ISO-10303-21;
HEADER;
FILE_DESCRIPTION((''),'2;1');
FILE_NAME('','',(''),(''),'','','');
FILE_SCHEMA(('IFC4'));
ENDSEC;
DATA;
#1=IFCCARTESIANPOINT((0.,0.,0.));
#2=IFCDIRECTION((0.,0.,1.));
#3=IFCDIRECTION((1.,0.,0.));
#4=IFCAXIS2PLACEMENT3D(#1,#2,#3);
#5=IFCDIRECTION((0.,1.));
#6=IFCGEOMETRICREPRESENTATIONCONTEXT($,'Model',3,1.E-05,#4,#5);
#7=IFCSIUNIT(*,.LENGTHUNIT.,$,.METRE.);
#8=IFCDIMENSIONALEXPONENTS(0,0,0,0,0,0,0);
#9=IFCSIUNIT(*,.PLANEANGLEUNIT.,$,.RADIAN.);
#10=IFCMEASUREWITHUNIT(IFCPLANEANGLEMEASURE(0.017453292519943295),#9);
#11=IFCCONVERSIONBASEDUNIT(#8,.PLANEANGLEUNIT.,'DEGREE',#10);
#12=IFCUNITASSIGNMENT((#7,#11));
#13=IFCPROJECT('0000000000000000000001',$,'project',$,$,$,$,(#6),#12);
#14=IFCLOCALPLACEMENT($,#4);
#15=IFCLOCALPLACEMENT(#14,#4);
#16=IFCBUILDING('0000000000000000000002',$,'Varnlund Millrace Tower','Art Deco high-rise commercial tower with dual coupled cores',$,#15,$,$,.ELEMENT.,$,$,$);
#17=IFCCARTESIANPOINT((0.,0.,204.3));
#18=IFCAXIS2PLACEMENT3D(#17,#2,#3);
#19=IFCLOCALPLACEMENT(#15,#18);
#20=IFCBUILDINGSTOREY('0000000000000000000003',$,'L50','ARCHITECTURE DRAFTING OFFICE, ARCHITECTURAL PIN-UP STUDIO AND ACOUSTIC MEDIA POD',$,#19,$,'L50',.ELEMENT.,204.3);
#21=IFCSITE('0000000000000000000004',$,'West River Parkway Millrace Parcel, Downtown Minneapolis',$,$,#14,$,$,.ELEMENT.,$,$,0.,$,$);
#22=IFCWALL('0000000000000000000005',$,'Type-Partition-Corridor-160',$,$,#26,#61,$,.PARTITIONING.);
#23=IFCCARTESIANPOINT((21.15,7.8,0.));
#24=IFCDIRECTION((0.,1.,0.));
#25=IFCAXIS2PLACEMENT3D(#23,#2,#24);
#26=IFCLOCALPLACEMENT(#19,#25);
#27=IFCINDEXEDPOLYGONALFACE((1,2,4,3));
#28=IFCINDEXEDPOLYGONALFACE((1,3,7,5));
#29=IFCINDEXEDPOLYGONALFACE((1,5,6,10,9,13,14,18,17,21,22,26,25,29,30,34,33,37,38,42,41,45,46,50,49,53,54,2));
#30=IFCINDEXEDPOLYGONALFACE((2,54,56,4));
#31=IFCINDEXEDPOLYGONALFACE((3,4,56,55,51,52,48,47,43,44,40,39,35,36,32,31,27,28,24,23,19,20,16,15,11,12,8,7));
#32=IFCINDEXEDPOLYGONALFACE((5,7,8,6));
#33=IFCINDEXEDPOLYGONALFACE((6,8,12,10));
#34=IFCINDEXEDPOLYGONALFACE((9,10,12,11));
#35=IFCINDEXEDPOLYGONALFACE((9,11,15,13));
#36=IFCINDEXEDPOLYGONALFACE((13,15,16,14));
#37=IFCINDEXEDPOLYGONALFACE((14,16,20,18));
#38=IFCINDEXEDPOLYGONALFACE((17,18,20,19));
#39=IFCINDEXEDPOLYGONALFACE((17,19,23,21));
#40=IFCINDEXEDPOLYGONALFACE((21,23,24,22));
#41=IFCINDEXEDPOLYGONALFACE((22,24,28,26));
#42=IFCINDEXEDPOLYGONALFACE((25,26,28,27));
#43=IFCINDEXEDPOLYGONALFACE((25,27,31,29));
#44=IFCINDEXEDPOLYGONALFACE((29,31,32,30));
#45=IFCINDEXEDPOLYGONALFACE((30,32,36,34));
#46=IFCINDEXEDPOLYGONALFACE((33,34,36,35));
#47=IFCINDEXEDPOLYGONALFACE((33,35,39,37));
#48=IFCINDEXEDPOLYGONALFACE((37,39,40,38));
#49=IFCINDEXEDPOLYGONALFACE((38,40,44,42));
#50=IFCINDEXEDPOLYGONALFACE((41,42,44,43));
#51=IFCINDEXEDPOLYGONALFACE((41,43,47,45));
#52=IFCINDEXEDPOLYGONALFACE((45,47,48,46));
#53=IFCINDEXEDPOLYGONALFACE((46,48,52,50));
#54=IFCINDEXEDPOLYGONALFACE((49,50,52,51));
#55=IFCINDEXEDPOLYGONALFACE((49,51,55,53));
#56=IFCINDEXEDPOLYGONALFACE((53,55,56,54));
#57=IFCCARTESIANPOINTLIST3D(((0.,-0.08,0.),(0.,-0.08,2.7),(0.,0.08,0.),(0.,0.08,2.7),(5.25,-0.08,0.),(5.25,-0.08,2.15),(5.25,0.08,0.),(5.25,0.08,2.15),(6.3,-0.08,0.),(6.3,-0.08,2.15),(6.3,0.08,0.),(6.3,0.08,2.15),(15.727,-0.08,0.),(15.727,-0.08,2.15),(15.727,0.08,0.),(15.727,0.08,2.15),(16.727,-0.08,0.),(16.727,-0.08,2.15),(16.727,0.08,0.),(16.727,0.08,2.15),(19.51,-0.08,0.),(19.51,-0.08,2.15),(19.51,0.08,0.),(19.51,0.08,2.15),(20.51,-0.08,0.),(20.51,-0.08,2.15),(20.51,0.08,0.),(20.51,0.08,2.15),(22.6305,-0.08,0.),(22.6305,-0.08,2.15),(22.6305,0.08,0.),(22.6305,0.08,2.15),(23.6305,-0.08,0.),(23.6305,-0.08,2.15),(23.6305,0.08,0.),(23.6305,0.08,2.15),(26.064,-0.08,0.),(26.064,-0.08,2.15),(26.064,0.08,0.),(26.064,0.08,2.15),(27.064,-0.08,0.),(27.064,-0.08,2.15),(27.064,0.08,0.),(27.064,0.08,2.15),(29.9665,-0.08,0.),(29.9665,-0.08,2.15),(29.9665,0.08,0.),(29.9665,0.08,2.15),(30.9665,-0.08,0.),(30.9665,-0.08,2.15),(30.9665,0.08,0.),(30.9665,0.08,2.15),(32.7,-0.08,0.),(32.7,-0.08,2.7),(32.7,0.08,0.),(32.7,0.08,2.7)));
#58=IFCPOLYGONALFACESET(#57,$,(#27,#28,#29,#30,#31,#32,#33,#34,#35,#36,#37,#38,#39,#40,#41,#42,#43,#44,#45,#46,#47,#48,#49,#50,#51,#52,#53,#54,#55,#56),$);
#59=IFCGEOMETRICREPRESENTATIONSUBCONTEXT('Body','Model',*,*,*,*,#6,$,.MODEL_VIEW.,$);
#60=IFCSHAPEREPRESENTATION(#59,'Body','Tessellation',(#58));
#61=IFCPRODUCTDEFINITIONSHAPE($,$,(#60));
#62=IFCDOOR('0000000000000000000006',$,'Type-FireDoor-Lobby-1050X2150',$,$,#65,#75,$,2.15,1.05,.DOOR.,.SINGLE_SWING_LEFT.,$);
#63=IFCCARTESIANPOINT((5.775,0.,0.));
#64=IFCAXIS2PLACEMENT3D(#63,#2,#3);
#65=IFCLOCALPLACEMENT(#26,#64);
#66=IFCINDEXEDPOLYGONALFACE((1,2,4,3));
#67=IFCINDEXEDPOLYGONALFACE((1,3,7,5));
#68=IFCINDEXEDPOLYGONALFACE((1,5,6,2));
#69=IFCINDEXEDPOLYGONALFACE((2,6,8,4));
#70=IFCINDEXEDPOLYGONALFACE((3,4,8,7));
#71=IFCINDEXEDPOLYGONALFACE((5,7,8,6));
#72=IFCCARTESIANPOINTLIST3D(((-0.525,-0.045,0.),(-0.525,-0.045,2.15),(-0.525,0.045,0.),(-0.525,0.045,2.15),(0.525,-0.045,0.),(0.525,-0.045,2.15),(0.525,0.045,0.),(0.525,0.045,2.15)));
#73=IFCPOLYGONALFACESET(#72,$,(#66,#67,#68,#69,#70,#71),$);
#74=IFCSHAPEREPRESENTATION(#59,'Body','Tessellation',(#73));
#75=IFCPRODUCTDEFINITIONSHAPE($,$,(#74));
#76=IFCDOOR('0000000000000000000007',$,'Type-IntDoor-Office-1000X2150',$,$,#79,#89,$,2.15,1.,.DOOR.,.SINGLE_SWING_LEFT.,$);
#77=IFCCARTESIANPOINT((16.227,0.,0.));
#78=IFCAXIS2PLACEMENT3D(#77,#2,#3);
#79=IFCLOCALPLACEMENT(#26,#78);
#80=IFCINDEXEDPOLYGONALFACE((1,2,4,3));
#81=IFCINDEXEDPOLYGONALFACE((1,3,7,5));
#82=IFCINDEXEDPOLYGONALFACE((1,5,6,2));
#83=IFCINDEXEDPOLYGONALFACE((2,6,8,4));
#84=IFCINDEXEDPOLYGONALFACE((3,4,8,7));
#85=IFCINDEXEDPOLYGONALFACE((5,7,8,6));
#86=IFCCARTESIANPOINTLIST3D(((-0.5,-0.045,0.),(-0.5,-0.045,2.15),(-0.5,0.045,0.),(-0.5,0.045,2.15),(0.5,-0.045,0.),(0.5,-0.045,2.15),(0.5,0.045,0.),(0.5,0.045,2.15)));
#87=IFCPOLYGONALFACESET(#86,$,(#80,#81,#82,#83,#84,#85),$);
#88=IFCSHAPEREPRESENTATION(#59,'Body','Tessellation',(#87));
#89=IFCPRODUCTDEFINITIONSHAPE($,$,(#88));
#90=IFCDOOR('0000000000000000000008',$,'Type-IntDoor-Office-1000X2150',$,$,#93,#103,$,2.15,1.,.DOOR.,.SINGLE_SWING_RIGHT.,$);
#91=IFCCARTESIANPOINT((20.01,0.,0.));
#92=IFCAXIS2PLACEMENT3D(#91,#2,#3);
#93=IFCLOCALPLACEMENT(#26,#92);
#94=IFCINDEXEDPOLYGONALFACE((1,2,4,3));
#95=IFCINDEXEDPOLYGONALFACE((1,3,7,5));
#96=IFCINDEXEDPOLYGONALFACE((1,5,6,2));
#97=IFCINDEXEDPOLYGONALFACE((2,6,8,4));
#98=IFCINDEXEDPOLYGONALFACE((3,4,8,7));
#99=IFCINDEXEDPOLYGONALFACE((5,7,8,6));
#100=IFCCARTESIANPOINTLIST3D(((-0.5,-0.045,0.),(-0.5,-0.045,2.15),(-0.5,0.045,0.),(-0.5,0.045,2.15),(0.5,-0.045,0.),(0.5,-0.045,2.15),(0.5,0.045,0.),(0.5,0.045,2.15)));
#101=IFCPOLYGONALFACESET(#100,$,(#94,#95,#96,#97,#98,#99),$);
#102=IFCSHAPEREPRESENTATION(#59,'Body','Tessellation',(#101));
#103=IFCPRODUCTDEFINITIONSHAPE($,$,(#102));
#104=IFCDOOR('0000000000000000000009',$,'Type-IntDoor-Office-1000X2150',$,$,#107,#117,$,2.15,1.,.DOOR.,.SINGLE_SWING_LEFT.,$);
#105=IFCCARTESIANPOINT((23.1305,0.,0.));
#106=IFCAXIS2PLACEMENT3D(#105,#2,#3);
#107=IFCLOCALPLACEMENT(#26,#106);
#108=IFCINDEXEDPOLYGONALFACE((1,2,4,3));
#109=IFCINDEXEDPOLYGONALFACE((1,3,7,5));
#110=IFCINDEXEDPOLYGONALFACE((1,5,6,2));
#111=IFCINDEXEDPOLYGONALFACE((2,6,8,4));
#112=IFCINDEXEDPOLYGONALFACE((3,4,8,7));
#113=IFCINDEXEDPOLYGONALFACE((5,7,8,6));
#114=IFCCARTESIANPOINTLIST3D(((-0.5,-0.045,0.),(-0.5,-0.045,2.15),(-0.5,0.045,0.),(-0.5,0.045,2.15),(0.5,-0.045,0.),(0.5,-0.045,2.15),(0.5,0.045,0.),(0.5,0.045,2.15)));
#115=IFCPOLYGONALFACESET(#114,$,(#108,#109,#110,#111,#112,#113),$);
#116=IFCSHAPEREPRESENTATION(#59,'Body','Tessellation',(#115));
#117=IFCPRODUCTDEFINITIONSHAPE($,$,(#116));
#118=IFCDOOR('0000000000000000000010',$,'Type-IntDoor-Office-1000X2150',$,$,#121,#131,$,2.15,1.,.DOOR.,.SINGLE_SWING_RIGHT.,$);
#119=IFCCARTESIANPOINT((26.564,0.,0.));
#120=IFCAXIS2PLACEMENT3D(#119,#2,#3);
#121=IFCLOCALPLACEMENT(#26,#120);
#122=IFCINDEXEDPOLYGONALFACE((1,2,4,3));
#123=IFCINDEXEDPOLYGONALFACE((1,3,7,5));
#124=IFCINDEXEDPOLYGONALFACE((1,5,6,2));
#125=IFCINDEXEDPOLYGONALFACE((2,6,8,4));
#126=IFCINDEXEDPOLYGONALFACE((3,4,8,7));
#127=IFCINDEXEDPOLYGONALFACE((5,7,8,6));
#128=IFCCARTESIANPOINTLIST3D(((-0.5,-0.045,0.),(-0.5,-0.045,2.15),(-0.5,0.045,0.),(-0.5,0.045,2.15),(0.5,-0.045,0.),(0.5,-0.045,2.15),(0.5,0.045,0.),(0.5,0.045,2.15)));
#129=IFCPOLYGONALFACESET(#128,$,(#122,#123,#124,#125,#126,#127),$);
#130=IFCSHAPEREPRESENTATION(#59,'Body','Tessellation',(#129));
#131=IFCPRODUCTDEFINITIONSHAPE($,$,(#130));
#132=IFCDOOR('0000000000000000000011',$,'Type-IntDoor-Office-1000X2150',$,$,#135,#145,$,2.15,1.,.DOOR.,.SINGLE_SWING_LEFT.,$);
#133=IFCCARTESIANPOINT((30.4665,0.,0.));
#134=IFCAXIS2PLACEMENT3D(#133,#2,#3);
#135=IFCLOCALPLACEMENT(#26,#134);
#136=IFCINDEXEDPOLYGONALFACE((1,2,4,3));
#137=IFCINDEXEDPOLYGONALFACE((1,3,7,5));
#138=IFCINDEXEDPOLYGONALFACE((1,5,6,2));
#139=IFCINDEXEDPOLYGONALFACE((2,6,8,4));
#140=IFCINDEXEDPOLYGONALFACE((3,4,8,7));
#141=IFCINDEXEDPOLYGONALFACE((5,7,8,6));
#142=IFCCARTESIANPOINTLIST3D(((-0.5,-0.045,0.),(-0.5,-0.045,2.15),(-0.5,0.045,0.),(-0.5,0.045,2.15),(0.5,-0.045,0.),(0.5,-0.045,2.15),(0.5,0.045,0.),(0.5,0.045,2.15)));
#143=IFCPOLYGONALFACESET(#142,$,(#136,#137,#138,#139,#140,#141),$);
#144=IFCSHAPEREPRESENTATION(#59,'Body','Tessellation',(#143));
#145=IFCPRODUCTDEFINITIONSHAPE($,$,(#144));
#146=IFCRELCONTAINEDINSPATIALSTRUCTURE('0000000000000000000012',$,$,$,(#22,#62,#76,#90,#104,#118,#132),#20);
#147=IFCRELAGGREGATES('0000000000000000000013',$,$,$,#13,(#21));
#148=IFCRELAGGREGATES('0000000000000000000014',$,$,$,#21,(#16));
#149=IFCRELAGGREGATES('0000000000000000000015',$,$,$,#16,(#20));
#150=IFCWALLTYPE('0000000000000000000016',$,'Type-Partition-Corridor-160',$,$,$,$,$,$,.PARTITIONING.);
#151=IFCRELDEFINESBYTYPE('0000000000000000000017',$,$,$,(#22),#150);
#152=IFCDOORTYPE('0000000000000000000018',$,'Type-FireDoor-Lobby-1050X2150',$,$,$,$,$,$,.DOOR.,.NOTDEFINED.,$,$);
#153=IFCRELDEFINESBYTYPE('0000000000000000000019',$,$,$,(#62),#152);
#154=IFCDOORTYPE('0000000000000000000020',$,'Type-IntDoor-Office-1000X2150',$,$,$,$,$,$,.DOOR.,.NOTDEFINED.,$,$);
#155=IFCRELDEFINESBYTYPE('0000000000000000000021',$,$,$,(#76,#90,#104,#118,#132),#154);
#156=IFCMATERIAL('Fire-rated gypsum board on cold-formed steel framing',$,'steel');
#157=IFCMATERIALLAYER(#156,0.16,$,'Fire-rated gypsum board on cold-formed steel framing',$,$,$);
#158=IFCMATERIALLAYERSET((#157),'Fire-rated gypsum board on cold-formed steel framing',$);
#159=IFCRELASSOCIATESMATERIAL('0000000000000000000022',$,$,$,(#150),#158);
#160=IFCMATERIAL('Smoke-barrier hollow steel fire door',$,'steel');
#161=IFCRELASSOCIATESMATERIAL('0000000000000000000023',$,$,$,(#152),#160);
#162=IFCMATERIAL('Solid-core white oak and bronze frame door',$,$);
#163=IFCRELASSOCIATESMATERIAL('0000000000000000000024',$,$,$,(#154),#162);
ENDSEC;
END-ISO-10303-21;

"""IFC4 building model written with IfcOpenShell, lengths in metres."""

from ifc_helpers import new_model, entity, si_unit, converted_unit, direction, frame, origin_with_axes, origin_2d_with_axis, place, context, subcontext, project, spatial, polyline, rectangle, outline, extrude, material, layer, layer_set, type_object, element, fill, save


model = new_model("IFC4")

# Units and contexts
model_context = context("Model", 3, precision=1e-05, world=origin_with_axes(), true_north=direction((0.0, 1.0)))
body_context = subcontext(model_context, "Body", "Model", "MODEL_VIEW")
ifc_project = project(units=[si_unit("LENGTHUNIT", "METRE"), converted_unit("PLANEANGLEUNIT", "DEGREE", entity("IfcPlaneAngleMeasure", 0.017453292519943295), si_unit("PLANEANGLEUNIT", "RADIAN"), dimensions=[0, 0, 0, 0, 0, 0, 0])], contexts=[model_context])

# Site, building, storey
site_placement = place(None, origin_with_axes())
site = spatial("IfcSite", under=ifc_project, at=site_placement, Name="West River Parkway Millrace Parcel, Downtown Minneapolis", CompositionType="ELEMENT", RefElevation=0.0)
building_placement = place(site_placement, origin_with_axes())
building = spatial("IfcBuilding", under=site, at=building_placement, Name="Varnlund Millrace Tower", Description="Art Deco high-rise commercial tower with dual coupled cores", CompositionType="ELEMENT")
storey_placement = place(building_placement, frame((0.0, 0.0, 204.3), z_axis=(0.0, 0.0, 1.0), x_axis=(1.0, 0.0, 0.0)))
storey = spatial("IfcBuildingStorey", under=building, at=storey_placement, Name="L50", Description="ARCHITECTURE DRAFTING OFFICE, ARCHITECTURAL PIN-UP STUDIO AND ACOUSTIC MEDIA POD", LongName="L50", CompositionType="ELEMENT", Elevation=204.3)

# Wall, openings, doors
ifc_material_1 = material(Name="Fire-rated gypsum board on cold-formed steel framing", Category="steel")
ifc_layer_1 = layer(ifc_material_1, 0.16, Name="Fire-rated gypsum board on cold-formed steel framing")
ifc_layer_set_1 = layer_set([ifc_layer_1], Name="Fire-rated gypsum board on cold-formed steel framing")
wall_type_1 = type_object("IfcWallType", Name="Type-Partition-Corridor-160", PredefinedType="PARTITIONING", material=ifc_layer_set_1)
wall_1_placement = place(storey_placement, frame((21.15, 7.8, 0.0), z_axis=(0.0, 0.0, 1.0), x_axis=(0.0, 1.0, 0.0)))
wall_1 = element("IfcWall", 1, at=wall_1_placement, inside=storey, type_object=wall_type_1, Name="Type-Partition-Corridor-160", PredefinedType="PARTITIONING", context=body_context, shape_type="SweptSolid", body=[
    extrude(outline(polyline([(0.0, -0.08), (32.7, -0.08), (32.7, 0.08), (0.0, 0.08), (0.0, -0.08)])), origin_with_axes(), (0.0, 0.0, 1.0), 2.7),
])
opening_1_placement = place(wall_1_placement, frame((16.227, 0.0, 0.0), z_axis=(0.0, 0.0, 1.0), x_axis=(1.0, 0.0, 0.0)))
opening_1 = element("IfcOpeningElement", 2, at=opening_1_placement, cuts=wall_1, PredefinedType="OPENING", context=body_context, shape_type="SweptSolid", body=[
    extrude(rectangle(XDim=1.0, YDim=0.18, at=origin_2d_with_axis()), origin_with_axes(), (0.0, 0.0, 1.0), 2.15),
])
opening_2_placement = place(wall_1_placement, frame((20.01, 0.0, 0.0), z_axis=(0.0, 0.0, 1.0), x_axis=(1.0, 0.0, 0.0)))
opening_2 = element("IfcOpeningElement", 3, at=opening_2_placement, cuts=wall_1, PredefinedType="OPENING", context=body_context, shape_type="SweptSolid", body=[
    extrude(rectangle(XDim=1.0, YDim=0.18, at=origin_2d_with_axis()), origin_with_axes(), (0.0, 0.0, 1.0), 2.15),
])
opening_3_placement = place(wall_1_placement, frame((23.1305, 0.0, 0.0), z_axis=(0.0, 0.0, 1.0), x_axis=(1.0, 0.0, 0.0)))
opening_3 = element("IfcOpeningElement", 4, at=opening_3_placement, cuts=wall_1, PredefinedType="OPENING", context=body_context, shape_type="SweptSolid", body=[
    extrude(rectangle(XDim=1.0, YDim=0.18, at=origin_2d_with_axis()), origin_with_axes(), (0.0, 0.0, 1.0), 2.15),
])
opening_4_placement = place(wall_1_placement, frame((26.564, 0.0, 0.0), z_axis=(0.0, 0.0, 1.0), x_axis=(1.0, 0.0, 0.0)))
opening_4 = element("IfcOpeningElement", 5, at=opening_4_placement, cuts=wall_1, PredefinedType="OPENING", context=body_context, shape_type="SweptSolid", body=[
    extrude(rectangle(XDim=1.0, YDim=0.18, at=origin_2d_with_axis()), origin_with_axes(), (0.0, 0.0, 1.0), 2.15),
])
opening_5_placement = place(wall_1_placement, frame((30.4665, 0.0, 0.0), z_axis=(0.0, 0.0, 1.0), x_axis=(1.0, 0.0, 0.0)))
opening_5 = element("IfcOpeningElement", 6, at=opening_5_placement, cuts=wall_1, PredefinedType="OPENING", context=body_context, shape_type="SweptSolid", body=[
    extrude(rectangle(XDim=1.0, YDim=0.18, at=origin_2d_with_axis()), origin_with_axes(), (0.0, 0.0, 1.0), 2.15),
])
opening_6_placement = place(wall_1_placement, frame((5.775, 0.0, 0.0), z_axis=(0.0, 0.0, 1.0), x_axis=(1.0, 0.0, 0.0)))
opening_6 = element("IfcOpeningElement", 7, at=opening_6_placement, cuts=wall_1, PredefinedType="OPENING", context=body_context, shape_type="SweptSolid", body=[
    extrude(rectangle(XDim=1.05, YDim=0.18, at=origin_2d_with_axis()), origin_with_axes(), (0.0, 0.0, 1.0), 2.15),
])
ifc_material_2 = material(Name="Smoke-barrier hollow steel fire door", Category="steel")
door_type_1 = type_object("IfcDoorType", Name="Type-FireDoor-Lobby-1050X2150", OperationType="NOTDEFINED", PredefinedType="DOOR", material=ifc_material_2)
door_1_placement = place(wall_1_placement, frame((5.775, 0.0, 0.0), z_axis=(0.0, 0.0, 1.0), x_axis=(1.0, 0.0, 0.0)))
door_1 = element("IfcDoor", 8, at=door_1_placement, inside=storey, type_object=door_type_1, Name="Type-FireDoor-Lobby-1050X2150", OperationType="SINGLE_SWING_LEFT", OverallHeight=2.15, OverallWidth=1.05, PredefinedType="DOOR", context=body_context, shape_type="SweptSolid", body=[
    extrude(rectangle(XDim=1.05, YDim=0.09, at=origin_2d_with_axis()), origin_with_axes(), (0.0, 0.0, 1.0), 2.15),
])
fill(opening_6, door_1)
ifc_material_3 = material(Name="Solid-core white oak and bronze frame door")
door_type_2 = type_object("IfcDoorType", Name="Type-IntDoor-Office-1000X2150", OperationType="NOTDEFINED", PredefinedType="DOOR", material=ifc_material_3)
door_2_placement = place(wall_1_placement, frame((16.227, 0.0, 0.0), z_axis=(0.0, 0.0, 1.0), x_axis=(1.0, 0.0, 0.0)))
door_2 = element("IfcDoor", 9, at=door_2_placement, inside=storey, type_object=door_type_2, Name="Type-IntDoor-Office-1000X2150", OperationType="SINGLE_SWING_LEFT", OverallHeight=2.15, OverallWidth=1.0, PredefinedType="DOOR", context=body_context, shape_type="SweptSolid", body=[
    extrude(rectangle(XDim=1.0, YDim=0.09, at=origin_2d_with_axis()), origin_with_axes(), (0.0, 0.0, 1.0), 2.15),
])
fill(opening_1, door_2)
door_3_placement = place(wall_1_placement, frame((20.01, 0.0, 0.0), z_axis=(0.0, 0.0, 1.0), x_axis=(1.0, 0.0, 0.0)))
door_3 = element("IfcDoor", 10, at=door_3_placement, inside=storey, type_object=door_type_2, Name="Type-IntDoor-Office-1000X2150", OperationType="SINGLE_SWING_RIGHT", OverallHeight=2.15, OverallWidth=1.0, PredefinedType="DOOR", context=body_context, shape_type="SweptSolid", body=[
    extrude(rectangle(XDim=1.0, YDim=0.09, at=origin_2d_with_axis()), origin_with_axes(), (0.0, 0.0, 1.0), 2.15),
])
fill(opening_2, door_3)
door_4_placement = place(wall_1_placement, frame((23.1305, 0.0, 0.0), z_axis=(0.0, 0.0, 1.0), x_axis=(1.0, 0.0, 0.0)))
door_4 = element("IfcDoor", 11, at=door_4_placement, inside=storey, type_object=door_type_2, Name="Type-IntDoor-Office-1000X2150", OperationType="SINGLE_SWING_LEFT", OverallHeight=2.15, OverallWidth=1.0, PredefinedType="DOOR", context=body_context, shape_type="SweptSolid", body=[
    extrude(rectangle(XDim=1.0, YDim=0.09, at=origin_2d_with_axis()), origin_with_axes(), (0.0, 0.0, 1.0), 2.15),
])
fill(opening_3, door_4)
door_5_placement = place(wall_1_placement, frame((26.564, 0.0, 0.0), z_axis=(0.0, 0.0, 1.0), x_axis=(1.0, 0.0, 0.0)))
door_5 = element("IfcDoor", 12, at=door_5_placement, inside=storey, type_object=door_type_2, Name="Type-IntDoor-Office-1000X2150", OperationType="SINGLE_SWING_RIGHT", OverallHeight=2.15, OverallWidth=1.0, PredefinedType="DOOR", context=body_context, shape_type="SweptSolid", body=[
    extrude(rectangle(XDim=1.0, YDim=0.09, at=origin_2d_with_axis()), origin_with_axes(), (0.0, 0.0, 1.0), 2.15),
])
fill(opening_4, door_5)
door_6_placement = place(wall_1_placement, frame((30.4665, 0.0, 0.0), z_axis=(0.0, 0.0, 1.0), x_axis=(1.0, 0.0, 0.0)))
door_6 = element("IfcDoor", 13, at=door_6_placement, inside=storey, type_object=door_type_2, Name="Type-IntDoor-Office-1000X2150", OperationType="SINGLE_SWING_LEFT", OverallHeight=2.15, OverallWidth=1.0, PredefinedType="DOOR", context=body_context, shape_type="SweptSolid", body=[
    extrude(rectangle(XDim=1.0, YDim=0.09, at=origin_2d_with_axis()), origin_with_axes(), (0.0, 0.0, 1.0), 2.15),
])
fill(opening_5, door_6)

save(model, "model.ifc")
